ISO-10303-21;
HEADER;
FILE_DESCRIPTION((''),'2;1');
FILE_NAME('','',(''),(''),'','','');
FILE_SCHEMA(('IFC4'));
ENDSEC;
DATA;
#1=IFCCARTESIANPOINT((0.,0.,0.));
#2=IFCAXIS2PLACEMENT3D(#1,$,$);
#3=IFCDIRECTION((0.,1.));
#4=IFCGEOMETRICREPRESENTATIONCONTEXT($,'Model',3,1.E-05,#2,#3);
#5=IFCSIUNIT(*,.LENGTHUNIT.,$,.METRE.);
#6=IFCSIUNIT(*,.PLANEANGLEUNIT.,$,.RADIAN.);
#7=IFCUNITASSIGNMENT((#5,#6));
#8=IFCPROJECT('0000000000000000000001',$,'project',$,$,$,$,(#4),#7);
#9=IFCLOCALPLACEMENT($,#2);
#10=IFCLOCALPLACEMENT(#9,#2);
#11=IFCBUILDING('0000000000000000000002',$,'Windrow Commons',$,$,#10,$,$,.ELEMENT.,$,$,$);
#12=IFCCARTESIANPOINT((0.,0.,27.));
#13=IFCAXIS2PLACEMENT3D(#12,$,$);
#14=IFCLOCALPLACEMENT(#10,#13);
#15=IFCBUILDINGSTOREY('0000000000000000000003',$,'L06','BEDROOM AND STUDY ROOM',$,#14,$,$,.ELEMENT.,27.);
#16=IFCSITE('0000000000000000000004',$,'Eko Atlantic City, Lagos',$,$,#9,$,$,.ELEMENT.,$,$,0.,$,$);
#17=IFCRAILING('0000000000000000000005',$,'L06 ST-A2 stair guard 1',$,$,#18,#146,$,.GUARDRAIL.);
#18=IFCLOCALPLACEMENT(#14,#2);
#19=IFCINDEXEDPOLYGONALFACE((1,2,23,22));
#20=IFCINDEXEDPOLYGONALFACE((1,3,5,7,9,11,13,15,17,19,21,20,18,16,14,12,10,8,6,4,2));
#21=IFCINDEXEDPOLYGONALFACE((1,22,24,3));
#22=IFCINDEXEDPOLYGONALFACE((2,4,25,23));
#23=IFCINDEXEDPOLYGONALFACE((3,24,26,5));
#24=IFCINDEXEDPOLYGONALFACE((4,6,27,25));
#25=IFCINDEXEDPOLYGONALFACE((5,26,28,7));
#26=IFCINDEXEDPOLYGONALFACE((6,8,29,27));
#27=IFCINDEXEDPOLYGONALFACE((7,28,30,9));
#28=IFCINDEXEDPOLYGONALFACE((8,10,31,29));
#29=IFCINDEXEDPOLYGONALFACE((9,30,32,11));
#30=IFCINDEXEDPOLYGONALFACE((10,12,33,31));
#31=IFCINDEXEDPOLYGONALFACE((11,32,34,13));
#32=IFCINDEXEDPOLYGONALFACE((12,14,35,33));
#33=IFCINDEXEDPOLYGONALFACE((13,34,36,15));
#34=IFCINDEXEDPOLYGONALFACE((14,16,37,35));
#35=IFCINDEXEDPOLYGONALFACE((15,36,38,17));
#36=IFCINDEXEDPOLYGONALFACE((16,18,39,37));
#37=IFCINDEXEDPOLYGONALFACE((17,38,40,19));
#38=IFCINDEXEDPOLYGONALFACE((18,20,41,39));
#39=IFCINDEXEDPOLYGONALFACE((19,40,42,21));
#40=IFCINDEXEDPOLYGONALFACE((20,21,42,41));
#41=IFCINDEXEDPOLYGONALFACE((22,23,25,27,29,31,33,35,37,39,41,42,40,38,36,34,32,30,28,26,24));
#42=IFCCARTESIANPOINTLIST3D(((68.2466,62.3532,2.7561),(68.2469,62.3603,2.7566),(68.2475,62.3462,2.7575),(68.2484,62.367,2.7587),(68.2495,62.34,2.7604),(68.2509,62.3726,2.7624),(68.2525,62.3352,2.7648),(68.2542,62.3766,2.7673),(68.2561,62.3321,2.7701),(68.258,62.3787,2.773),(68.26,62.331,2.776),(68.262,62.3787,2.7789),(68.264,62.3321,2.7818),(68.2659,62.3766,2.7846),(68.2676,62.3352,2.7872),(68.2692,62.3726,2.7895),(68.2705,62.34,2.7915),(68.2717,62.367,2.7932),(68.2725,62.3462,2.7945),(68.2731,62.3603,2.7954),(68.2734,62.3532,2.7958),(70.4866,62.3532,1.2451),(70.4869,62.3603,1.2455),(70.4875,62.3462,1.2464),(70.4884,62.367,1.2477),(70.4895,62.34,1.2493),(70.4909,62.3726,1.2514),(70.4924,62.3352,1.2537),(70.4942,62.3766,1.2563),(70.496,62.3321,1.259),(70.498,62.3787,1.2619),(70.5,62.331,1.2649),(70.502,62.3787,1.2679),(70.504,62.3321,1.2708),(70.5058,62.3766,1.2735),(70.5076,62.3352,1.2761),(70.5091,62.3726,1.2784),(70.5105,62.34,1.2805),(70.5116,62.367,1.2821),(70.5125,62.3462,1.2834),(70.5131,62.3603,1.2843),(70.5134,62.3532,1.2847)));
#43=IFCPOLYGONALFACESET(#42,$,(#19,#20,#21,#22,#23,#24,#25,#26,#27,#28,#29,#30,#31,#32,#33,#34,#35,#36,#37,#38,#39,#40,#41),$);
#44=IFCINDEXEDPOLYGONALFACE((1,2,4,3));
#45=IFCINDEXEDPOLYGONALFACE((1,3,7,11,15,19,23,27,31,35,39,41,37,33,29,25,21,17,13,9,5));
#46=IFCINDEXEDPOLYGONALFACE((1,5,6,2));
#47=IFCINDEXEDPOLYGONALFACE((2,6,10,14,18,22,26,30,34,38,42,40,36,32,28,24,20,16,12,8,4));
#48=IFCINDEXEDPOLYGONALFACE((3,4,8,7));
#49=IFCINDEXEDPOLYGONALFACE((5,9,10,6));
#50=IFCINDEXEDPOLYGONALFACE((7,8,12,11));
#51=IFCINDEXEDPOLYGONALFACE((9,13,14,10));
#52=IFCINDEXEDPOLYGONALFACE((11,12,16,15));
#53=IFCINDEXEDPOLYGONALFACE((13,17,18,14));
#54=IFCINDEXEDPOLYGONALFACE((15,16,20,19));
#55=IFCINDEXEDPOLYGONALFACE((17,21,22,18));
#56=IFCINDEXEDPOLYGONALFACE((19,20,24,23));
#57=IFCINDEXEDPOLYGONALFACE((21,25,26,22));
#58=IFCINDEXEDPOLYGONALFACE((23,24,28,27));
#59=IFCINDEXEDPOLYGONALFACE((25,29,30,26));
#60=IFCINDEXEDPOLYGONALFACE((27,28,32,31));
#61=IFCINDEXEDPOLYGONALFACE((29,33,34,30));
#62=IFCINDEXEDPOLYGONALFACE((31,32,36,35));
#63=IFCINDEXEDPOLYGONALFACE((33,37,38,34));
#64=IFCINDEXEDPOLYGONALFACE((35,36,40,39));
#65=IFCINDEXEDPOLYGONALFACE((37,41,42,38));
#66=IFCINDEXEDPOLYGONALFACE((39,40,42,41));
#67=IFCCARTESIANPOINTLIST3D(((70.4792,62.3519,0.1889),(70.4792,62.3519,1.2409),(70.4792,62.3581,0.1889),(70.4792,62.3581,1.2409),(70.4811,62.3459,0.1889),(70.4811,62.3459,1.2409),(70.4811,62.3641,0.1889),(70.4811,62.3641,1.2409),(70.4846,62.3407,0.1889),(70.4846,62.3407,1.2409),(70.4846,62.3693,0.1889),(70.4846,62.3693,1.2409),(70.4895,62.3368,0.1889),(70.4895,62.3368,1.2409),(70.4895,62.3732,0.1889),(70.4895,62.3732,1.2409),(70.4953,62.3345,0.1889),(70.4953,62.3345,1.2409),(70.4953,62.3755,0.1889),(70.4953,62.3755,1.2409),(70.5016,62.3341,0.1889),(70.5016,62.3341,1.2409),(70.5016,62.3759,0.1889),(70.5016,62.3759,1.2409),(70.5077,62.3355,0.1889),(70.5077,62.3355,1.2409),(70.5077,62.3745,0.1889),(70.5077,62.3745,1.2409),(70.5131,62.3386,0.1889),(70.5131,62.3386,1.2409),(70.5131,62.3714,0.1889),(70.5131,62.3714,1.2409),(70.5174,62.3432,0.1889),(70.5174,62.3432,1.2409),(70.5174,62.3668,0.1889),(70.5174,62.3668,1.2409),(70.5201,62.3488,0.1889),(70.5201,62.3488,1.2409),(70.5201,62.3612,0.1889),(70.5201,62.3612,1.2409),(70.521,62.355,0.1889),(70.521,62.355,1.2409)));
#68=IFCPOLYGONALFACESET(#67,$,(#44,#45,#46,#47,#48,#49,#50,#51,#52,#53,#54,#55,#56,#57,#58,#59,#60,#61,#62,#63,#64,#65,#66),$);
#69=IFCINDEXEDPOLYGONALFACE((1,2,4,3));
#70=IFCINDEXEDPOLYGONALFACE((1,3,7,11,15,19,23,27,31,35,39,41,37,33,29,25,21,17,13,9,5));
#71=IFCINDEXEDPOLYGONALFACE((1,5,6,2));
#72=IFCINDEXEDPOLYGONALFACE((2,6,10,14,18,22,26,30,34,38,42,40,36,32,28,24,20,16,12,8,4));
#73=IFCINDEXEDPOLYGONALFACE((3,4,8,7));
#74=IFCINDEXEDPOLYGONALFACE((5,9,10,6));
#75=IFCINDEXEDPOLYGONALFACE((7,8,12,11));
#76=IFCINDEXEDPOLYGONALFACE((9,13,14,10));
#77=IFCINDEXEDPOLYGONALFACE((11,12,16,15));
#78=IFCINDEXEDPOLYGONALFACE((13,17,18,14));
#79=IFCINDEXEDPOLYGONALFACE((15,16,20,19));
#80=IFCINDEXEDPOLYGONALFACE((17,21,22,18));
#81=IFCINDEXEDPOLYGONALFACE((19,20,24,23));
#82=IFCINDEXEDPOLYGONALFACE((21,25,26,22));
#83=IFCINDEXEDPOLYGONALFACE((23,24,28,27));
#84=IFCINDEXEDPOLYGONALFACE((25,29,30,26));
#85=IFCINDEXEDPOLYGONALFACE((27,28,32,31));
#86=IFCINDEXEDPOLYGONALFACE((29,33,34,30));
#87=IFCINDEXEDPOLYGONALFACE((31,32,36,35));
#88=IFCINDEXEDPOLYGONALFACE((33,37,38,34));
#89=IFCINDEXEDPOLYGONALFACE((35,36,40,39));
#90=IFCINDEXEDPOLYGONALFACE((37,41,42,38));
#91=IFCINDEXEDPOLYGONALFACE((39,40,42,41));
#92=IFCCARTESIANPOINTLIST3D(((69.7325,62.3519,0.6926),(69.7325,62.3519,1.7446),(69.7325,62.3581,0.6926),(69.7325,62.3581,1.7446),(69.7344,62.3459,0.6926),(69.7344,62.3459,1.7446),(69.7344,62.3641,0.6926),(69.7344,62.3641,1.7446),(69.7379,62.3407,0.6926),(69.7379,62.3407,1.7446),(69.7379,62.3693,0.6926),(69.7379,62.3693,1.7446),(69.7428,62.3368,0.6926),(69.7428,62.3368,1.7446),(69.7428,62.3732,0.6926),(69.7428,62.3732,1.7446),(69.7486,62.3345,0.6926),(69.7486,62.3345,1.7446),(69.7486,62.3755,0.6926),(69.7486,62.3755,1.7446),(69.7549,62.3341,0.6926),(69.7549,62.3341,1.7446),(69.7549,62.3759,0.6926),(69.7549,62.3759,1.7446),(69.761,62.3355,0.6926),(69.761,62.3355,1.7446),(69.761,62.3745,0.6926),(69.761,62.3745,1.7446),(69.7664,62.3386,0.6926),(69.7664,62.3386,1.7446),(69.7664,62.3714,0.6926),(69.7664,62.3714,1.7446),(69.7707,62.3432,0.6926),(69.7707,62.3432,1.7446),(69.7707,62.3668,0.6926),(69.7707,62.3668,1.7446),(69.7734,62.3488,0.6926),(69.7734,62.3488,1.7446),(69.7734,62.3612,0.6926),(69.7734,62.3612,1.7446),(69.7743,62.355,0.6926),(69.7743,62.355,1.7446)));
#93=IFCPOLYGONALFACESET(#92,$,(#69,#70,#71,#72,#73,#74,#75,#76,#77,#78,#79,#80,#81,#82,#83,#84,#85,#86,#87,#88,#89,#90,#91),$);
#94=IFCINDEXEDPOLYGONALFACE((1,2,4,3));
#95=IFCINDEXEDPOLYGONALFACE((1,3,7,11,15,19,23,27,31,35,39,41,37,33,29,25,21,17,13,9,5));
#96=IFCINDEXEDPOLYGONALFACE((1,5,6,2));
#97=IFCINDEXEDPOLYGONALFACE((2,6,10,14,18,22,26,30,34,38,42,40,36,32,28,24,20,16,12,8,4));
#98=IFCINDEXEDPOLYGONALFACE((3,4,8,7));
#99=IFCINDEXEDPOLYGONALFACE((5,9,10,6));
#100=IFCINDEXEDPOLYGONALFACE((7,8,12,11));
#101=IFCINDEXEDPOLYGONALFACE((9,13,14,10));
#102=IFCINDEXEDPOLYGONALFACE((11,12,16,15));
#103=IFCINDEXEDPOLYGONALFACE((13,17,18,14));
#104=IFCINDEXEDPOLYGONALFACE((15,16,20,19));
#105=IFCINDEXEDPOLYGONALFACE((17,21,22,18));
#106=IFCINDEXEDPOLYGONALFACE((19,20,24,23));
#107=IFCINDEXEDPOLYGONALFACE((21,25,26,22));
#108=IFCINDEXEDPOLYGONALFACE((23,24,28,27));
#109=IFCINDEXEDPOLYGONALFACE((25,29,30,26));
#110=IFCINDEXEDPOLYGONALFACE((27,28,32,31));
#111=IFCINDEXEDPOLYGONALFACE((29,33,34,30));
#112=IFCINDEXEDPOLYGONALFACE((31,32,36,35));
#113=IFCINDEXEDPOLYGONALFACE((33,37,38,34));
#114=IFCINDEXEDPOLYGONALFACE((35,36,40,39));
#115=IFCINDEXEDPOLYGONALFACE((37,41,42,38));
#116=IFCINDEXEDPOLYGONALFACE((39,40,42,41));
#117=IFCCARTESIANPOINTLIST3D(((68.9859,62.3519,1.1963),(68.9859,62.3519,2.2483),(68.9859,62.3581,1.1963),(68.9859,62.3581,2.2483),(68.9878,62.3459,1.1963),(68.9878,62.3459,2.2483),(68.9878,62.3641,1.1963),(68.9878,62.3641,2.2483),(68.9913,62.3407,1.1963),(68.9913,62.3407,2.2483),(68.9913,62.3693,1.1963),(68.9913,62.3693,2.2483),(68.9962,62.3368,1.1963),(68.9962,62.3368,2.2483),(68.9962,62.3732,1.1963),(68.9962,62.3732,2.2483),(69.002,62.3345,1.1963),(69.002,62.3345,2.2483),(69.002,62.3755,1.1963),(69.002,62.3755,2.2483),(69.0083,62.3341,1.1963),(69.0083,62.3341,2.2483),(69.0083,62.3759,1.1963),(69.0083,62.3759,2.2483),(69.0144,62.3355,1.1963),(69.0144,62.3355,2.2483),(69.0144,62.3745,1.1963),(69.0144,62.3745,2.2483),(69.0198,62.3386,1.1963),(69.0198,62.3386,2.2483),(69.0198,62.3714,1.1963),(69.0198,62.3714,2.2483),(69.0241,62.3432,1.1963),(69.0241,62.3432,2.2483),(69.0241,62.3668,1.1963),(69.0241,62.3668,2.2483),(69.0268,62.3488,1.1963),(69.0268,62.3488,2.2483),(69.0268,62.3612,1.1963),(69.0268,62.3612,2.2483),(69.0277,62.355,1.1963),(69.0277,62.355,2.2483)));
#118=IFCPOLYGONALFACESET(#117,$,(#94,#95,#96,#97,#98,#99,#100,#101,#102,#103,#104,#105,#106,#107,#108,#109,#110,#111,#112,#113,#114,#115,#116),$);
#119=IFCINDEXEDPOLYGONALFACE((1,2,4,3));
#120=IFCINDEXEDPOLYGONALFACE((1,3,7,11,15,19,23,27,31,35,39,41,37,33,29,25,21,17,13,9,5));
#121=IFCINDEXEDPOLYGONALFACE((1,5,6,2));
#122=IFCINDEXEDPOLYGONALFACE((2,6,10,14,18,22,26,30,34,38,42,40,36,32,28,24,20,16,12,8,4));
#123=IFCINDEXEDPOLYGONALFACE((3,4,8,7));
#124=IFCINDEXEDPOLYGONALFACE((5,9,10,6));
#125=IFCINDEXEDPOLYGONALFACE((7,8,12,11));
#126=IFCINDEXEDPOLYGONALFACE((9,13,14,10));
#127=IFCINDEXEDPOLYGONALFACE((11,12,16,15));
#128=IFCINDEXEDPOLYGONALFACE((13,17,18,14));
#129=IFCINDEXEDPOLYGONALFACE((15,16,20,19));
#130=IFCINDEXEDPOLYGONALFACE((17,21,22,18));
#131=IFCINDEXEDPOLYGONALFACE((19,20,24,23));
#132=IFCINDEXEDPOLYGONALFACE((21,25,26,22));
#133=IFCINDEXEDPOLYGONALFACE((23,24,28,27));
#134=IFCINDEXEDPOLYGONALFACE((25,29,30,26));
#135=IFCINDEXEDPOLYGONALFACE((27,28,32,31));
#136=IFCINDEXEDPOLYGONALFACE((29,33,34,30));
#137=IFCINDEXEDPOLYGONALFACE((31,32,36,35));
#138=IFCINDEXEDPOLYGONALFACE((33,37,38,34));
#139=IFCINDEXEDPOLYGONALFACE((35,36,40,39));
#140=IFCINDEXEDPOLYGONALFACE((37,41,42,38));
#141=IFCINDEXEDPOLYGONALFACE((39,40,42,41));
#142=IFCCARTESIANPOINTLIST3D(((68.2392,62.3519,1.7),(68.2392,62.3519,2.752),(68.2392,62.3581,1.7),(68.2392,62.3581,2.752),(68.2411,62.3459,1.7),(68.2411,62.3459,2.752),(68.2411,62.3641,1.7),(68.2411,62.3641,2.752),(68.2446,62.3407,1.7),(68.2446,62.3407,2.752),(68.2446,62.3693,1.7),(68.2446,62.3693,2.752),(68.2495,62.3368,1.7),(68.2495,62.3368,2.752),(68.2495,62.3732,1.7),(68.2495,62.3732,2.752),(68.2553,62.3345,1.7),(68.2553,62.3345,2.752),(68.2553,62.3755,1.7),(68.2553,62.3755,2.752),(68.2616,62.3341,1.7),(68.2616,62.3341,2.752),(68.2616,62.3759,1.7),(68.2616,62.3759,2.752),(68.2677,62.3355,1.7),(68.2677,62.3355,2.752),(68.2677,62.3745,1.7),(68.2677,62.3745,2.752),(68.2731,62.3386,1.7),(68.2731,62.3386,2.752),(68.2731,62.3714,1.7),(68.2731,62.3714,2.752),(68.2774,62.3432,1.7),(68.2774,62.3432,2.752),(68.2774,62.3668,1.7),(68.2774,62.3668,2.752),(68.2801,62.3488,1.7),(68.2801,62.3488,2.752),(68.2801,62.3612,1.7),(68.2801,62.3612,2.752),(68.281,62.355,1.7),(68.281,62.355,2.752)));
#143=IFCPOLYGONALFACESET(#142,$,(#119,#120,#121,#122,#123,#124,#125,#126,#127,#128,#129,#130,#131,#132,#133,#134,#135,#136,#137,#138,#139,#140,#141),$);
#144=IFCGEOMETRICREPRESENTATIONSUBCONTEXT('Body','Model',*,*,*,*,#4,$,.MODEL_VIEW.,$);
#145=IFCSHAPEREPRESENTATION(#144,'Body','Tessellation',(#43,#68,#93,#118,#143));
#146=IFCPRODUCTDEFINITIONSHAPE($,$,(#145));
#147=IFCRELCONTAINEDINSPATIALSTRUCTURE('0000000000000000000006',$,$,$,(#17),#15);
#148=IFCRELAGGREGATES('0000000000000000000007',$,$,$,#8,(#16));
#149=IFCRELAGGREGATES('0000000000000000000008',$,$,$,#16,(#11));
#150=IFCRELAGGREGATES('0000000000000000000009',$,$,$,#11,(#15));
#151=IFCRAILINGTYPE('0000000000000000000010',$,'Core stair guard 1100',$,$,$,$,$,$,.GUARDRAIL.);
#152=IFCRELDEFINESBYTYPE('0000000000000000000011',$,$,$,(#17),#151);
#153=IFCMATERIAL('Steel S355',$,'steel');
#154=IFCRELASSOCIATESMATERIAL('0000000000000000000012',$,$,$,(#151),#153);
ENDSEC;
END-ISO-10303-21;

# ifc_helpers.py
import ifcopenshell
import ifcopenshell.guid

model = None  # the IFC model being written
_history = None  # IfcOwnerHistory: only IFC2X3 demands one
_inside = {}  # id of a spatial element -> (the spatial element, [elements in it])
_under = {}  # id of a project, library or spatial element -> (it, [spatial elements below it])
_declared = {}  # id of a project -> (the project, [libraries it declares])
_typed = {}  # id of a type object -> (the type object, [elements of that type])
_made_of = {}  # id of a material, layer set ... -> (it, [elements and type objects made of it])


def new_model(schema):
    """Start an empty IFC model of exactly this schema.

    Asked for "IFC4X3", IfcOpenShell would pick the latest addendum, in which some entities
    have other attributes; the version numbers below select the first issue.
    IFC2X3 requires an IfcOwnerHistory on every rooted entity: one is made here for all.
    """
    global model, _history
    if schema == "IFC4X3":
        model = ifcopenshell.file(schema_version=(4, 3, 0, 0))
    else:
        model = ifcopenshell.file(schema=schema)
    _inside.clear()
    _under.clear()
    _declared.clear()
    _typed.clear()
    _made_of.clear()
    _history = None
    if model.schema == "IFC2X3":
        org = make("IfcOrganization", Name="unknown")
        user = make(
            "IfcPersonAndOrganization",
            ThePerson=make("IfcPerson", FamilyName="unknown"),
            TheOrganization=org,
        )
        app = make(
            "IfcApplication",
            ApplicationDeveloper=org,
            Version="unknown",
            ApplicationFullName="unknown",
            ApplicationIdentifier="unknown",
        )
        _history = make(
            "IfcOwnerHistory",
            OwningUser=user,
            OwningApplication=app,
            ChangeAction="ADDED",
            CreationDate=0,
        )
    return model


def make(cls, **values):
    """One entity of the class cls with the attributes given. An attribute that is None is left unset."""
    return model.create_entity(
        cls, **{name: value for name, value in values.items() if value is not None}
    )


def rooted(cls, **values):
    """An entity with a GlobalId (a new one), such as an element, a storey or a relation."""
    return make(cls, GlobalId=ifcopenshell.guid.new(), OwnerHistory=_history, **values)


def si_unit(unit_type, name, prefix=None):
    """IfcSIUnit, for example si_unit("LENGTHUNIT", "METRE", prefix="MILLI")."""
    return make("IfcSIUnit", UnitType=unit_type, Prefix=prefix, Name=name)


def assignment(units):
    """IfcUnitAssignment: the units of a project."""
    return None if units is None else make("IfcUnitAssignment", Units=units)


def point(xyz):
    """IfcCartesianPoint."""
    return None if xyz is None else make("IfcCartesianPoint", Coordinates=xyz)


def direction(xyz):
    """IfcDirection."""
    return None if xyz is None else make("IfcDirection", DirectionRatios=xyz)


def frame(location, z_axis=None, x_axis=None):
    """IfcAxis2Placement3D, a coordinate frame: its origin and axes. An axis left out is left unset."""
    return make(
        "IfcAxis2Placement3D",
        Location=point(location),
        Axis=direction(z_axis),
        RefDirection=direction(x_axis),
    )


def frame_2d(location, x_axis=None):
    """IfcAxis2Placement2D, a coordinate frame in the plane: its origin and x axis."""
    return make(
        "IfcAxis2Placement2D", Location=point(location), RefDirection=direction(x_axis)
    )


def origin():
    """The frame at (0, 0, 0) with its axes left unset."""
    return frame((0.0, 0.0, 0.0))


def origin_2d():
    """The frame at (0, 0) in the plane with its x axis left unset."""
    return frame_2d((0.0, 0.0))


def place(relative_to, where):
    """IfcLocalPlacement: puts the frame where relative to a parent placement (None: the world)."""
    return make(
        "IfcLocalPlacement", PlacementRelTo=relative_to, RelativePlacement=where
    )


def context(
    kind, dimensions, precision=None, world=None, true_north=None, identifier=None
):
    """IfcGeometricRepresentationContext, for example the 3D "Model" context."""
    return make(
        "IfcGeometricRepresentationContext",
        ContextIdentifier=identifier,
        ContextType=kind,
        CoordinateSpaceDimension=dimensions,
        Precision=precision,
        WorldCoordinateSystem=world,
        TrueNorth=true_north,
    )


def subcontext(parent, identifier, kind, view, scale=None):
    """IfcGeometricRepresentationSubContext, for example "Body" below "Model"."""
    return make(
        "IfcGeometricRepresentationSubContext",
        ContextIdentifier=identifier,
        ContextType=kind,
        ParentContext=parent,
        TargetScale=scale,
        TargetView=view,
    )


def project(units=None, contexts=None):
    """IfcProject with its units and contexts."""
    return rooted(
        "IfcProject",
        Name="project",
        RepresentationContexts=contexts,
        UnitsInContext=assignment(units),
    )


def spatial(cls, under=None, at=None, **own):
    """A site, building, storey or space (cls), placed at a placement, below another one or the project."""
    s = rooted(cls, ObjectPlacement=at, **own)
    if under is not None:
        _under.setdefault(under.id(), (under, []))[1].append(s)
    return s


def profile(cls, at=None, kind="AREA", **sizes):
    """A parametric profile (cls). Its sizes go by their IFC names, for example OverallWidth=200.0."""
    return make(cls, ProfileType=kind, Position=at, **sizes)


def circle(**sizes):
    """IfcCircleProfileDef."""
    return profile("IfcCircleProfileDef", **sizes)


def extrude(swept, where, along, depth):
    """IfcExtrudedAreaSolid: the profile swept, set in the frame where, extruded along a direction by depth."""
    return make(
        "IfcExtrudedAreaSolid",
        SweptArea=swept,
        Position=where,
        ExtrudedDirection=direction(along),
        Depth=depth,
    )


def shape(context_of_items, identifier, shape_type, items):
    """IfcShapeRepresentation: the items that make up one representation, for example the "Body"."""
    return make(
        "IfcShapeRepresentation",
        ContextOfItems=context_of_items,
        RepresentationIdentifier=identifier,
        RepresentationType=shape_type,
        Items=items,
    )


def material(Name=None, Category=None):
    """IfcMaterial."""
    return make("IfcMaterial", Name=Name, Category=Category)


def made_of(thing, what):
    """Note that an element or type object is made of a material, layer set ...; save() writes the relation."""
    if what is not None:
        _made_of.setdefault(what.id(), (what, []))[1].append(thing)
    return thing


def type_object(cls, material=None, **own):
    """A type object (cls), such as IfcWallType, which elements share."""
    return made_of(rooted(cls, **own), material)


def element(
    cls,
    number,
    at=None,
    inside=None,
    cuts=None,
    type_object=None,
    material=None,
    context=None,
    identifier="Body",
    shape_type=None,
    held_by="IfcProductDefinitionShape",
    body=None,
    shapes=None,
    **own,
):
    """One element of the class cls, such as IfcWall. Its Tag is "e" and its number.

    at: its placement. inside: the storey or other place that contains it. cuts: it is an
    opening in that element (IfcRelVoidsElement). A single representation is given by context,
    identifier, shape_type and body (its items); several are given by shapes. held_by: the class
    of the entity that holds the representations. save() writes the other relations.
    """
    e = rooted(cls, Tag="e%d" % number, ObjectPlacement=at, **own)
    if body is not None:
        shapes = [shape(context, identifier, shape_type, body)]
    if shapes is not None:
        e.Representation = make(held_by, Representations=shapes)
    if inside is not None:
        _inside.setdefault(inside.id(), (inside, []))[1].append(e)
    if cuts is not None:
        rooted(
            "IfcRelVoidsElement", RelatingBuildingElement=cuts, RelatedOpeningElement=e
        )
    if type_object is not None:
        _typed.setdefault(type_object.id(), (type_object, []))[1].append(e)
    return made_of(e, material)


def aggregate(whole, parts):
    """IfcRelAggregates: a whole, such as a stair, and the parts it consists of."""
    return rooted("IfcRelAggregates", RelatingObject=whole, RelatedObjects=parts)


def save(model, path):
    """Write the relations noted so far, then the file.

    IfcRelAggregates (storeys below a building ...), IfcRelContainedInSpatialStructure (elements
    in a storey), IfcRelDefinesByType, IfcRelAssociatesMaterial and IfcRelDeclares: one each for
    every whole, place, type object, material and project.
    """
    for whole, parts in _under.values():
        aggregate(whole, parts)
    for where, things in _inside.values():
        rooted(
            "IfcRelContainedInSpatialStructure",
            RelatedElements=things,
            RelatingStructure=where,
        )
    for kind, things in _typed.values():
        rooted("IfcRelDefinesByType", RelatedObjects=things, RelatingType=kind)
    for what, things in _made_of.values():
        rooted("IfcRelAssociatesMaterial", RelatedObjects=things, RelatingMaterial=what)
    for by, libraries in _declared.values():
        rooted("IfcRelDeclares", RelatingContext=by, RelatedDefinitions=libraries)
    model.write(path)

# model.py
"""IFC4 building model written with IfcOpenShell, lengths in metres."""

from ifc_helpers import new_model, si_unit, direction, frame, origin, origin_2d, place, context, subcontext, project, spatial, circle, extrude, material, type_object, element, save


model = new_model("IFC4")

# Units and contexts
model_context = context("Model", 3, precision=1e-05, world=origin(), true_north=direction((0.0, 1.0)))
body_context = subcontext(model_context, "Body", "Model", "MODEL_VIEW")
ifc_project = project(units=[si_unit("LENGTHUNIT", "METRE"), si_unit("PLANEANGLEUNIT", "RADIAN")], contexts=[model_context])

# Site, building, storey
site_placement = place(None, origin())
site = spatial("IfcSite", under=ifc_project, at=site_placement, Name="Eko Atlantic City, Lagos", CompositionType="ELEMENT", RefElevation=0.0)
building_placement = place(site_placement, origin())
building = spatial("IfcBuilding", under=site, at=building_placement, Name="Windrow Commons", CompositionType="ELEMENT")
storey_placement = place(building_placement, frame((0.0, 0.0, 27.0)))
storey = spatial("IfcBuildingStorey", under=building, at=storey_placement, Name="L06", Description="BEDROOM AND STUDY ROOM", CompositionType="ELEMENT", Elevation=27.0)

# Railing
ifc_material_1 = material(Name="Steel S355", Category="steel")
railing_type_1 = type_object("IfcRailingType", Name="Core stair guard 1100", PredefinedType="GUARDRAIL", material=ifc_material_1)
railing_1_placement = place(storey_placement, frame((70.5, 62.355, 0.1889)))
element("IfcRailing", 1, at=railing_1_placement, inside=storey, type_object=railing_type_1, Name="L06 ST-A2 stair guard 1", PredefinedType="GUARDRAIL", context=body_context, shape_type="SweptSolid", body=[
    extrude(circle(Radius=0.024, at=origin_2d()), frame((0.0, 0.0, 1.076), z_axis=(-0.829003, 0.0, 0.559244), x_axis=(0.0, -1.0, 0.0)), (0.0, 0.0, 1.0), 2.702),
    extrude(circle(Radius=0.021, at=origin_2d()), origin(), (0.0, 0.0, 1.0), 1.052),
    extrude(circle(Radius=0.021, at=origin_2d()), frame((-0.7467, 0.0, 0.5037)), (0.0, 0.0, 1.0), 1.052),
    extrude(circle(Radius=0.021, at=origin_2d()), frame((-1.4933, 0.0, 1.0074)), (0.0, 0.0, 1.0), 1.052),
    extrude(circle(Radius=0.021, at=origin_2d()), frame((-2.24, 0.0, 1.5111)), (0.0, 0.0, 1.0), 1.052),
])

save(model, "model.ifc")
